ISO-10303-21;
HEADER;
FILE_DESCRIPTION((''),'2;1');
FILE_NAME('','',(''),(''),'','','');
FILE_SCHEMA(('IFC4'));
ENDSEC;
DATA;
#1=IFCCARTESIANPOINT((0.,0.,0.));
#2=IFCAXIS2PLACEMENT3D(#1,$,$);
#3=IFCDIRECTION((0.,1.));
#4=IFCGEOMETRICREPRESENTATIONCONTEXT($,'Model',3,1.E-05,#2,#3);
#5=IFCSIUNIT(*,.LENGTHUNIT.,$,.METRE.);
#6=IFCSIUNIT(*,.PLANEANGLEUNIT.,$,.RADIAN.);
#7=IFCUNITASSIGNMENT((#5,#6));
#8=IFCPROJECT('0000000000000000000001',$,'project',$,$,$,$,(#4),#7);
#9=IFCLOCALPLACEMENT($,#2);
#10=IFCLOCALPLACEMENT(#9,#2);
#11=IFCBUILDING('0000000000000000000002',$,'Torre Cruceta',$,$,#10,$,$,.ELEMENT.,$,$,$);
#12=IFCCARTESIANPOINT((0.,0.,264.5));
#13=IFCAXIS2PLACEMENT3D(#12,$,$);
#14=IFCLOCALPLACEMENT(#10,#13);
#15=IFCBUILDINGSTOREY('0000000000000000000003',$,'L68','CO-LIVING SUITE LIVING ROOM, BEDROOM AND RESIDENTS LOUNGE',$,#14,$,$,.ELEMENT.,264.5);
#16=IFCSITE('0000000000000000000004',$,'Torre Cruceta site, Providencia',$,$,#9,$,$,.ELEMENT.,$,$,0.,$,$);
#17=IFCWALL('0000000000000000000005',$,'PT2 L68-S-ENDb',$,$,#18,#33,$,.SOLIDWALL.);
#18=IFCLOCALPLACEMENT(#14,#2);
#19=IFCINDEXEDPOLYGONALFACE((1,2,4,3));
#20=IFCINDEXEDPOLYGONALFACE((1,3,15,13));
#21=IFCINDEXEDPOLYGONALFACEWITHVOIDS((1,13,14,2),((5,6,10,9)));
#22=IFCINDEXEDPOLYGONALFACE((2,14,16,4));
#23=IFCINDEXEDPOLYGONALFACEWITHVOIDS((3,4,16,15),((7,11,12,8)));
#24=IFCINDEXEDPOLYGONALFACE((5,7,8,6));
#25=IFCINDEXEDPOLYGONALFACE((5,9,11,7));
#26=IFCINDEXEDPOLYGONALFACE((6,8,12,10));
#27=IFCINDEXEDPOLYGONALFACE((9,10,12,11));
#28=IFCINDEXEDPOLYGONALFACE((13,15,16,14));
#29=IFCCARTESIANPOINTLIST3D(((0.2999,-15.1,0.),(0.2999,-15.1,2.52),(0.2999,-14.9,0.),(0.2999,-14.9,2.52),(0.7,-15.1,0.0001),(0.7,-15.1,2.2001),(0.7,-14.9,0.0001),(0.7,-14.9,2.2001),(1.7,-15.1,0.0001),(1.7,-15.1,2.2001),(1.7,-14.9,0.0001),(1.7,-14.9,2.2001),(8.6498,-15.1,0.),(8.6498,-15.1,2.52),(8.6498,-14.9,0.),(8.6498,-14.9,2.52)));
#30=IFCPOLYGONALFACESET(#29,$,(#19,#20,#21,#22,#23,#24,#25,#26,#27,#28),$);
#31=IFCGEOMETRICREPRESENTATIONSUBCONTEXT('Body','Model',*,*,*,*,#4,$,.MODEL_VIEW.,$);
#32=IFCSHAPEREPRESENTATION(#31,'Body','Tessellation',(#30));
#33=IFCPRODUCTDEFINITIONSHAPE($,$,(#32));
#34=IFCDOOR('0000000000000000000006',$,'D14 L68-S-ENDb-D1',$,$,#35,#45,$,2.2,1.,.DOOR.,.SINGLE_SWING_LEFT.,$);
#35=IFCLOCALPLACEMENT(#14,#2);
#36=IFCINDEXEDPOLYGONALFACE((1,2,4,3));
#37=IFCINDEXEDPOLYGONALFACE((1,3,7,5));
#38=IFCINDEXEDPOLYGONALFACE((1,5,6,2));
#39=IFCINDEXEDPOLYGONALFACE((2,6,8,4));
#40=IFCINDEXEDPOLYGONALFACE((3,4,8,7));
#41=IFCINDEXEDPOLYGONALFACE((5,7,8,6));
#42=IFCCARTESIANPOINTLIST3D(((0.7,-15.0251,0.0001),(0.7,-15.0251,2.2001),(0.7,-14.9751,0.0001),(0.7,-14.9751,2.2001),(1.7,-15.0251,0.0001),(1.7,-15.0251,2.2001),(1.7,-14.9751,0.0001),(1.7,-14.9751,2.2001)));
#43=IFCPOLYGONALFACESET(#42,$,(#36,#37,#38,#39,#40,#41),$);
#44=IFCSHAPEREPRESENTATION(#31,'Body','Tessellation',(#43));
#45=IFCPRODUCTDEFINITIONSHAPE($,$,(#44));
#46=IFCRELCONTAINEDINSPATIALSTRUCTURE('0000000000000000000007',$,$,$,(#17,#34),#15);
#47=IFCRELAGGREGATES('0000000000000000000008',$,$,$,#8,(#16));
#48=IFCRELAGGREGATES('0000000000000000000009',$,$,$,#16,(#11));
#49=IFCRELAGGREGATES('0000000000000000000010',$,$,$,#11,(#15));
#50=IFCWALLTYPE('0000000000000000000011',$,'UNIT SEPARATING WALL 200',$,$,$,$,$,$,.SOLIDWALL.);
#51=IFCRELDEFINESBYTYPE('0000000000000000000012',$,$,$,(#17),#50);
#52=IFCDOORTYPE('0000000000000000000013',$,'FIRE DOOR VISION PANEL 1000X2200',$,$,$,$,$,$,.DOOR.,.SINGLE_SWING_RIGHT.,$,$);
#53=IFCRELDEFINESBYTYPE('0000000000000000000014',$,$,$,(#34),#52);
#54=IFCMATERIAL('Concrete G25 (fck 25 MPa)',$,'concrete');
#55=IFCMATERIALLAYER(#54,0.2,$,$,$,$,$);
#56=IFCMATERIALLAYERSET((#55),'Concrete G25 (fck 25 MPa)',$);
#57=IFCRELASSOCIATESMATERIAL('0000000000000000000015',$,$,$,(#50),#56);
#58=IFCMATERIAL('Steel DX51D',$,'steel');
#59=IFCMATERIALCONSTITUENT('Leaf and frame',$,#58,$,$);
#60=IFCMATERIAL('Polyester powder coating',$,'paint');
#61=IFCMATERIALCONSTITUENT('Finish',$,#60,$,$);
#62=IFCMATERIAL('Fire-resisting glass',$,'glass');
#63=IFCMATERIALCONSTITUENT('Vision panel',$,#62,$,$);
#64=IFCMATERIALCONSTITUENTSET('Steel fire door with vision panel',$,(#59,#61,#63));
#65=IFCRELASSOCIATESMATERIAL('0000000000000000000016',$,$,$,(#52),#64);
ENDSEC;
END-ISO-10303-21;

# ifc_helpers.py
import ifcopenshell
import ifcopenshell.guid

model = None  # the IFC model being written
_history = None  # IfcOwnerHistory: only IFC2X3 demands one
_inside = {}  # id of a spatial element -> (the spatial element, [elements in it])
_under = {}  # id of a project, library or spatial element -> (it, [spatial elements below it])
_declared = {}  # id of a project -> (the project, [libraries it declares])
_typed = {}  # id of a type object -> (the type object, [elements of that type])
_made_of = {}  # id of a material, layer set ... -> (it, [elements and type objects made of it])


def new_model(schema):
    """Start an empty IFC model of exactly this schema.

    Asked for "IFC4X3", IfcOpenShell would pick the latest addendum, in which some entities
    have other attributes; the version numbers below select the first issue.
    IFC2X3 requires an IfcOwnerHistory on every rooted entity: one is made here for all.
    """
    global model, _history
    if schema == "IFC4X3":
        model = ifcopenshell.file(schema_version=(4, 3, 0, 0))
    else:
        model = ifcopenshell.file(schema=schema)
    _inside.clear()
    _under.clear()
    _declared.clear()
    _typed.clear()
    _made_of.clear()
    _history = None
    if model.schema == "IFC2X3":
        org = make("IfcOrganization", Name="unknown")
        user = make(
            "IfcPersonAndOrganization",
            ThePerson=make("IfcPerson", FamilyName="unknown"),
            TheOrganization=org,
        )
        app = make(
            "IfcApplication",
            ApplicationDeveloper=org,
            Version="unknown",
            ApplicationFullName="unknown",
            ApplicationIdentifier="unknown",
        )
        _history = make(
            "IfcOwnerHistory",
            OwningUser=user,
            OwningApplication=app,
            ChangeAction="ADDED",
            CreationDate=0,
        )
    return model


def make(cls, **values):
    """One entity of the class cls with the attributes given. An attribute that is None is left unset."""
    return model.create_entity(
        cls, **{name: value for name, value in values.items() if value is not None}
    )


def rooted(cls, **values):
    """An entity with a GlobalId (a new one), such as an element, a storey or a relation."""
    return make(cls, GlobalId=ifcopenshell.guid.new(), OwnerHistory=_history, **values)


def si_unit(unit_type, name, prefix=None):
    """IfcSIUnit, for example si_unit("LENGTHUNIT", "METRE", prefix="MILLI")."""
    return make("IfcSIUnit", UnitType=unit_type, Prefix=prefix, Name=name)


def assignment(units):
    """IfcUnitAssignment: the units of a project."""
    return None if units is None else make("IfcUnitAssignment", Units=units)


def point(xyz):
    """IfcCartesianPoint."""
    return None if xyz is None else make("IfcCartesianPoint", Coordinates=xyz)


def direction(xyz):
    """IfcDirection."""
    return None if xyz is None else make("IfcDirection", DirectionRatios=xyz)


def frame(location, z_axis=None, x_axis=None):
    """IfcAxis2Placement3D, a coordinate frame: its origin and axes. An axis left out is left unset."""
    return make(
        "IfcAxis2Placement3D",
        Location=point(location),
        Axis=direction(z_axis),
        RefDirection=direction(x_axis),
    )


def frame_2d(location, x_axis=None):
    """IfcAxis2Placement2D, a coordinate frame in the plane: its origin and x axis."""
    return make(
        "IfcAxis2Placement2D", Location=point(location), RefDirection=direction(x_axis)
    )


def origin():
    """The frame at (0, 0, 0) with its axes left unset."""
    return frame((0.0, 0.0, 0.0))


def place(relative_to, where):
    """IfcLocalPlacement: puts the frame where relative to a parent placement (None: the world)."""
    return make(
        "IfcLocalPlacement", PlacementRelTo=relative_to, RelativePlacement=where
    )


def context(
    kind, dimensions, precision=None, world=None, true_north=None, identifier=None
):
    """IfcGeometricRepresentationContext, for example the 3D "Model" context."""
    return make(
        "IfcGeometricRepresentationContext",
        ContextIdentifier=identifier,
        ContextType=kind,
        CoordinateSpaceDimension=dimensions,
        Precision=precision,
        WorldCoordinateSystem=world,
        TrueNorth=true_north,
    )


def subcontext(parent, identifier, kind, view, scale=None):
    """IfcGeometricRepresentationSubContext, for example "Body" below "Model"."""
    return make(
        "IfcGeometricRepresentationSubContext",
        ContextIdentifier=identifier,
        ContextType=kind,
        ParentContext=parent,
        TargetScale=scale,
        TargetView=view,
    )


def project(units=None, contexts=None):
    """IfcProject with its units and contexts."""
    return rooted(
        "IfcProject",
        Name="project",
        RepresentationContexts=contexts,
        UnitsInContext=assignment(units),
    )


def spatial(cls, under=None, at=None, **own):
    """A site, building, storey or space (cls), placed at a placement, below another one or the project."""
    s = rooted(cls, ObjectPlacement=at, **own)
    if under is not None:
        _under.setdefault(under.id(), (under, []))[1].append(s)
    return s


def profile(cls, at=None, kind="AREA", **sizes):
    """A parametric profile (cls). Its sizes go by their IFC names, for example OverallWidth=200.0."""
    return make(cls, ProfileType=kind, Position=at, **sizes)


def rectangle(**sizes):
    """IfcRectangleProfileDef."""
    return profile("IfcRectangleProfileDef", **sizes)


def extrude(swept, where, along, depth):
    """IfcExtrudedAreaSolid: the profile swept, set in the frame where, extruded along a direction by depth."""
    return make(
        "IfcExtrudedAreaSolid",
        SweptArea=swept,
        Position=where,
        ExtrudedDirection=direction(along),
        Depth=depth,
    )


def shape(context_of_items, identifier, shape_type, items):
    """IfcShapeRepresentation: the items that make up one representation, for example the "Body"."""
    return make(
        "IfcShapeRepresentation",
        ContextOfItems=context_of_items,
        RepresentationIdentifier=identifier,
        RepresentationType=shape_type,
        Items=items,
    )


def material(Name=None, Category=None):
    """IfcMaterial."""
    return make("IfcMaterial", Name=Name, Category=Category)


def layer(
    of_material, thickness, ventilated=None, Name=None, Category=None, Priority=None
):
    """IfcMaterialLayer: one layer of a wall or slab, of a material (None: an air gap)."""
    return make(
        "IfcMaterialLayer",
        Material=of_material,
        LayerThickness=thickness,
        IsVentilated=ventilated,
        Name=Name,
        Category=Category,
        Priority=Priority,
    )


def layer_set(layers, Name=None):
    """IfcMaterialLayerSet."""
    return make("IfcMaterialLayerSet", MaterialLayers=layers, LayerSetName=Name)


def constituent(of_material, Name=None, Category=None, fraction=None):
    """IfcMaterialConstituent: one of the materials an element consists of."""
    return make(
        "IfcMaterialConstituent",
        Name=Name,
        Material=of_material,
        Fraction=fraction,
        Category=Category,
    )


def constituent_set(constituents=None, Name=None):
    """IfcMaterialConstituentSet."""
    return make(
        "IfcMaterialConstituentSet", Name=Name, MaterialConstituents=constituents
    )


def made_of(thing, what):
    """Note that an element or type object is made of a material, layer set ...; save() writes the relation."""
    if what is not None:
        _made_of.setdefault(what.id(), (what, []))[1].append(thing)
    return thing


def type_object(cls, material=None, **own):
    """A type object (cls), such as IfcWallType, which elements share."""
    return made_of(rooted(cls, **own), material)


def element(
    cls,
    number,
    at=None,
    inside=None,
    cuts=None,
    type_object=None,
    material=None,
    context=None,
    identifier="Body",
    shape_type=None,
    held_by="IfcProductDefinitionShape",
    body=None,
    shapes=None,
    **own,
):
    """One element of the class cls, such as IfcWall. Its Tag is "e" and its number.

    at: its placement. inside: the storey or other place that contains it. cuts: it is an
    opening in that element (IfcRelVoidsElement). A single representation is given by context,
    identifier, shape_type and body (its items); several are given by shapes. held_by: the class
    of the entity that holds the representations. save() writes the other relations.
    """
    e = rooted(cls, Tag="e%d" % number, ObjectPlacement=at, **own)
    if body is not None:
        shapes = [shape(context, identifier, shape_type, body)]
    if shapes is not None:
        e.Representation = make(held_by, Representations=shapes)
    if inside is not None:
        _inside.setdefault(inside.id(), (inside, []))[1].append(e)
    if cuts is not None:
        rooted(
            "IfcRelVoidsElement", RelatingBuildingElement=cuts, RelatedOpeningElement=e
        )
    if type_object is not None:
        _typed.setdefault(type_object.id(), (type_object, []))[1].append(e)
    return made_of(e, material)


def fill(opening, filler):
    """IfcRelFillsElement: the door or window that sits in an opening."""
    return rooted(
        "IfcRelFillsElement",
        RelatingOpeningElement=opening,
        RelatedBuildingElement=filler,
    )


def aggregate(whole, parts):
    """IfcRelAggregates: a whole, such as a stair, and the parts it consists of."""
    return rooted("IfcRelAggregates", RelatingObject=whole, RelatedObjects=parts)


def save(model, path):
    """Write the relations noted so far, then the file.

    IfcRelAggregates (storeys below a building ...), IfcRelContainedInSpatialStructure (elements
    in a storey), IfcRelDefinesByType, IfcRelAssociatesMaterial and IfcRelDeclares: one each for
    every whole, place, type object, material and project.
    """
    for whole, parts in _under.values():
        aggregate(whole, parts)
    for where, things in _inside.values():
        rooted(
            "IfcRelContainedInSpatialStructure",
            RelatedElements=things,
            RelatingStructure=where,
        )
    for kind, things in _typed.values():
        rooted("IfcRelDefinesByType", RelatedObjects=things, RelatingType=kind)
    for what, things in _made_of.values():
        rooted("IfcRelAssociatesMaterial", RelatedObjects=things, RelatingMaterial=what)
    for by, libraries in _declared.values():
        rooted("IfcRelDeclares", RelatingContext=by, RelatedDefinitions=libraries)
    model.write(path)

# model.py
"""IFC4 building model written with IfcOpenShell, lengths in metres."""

from ifc_helpers import new_model, si_unit, direction, frame, frame_2d, origin, place, context, subcontext, project, spatial, rectangle, extrude, material, layer, layer_set, constituent, constituent_set, type_object, element, fill, save


model = new_model("IFC4")

# Units and contexts
model_context = context("Model", 3, precision=1e-05, world=origin(), true_north=direction((0.0, 1.0)))
body_context = subcontext(model_context, "Body", "Model", "MODEL_VIEW")
ifc_project = project(units=[si_unit("LENGTHUNIT", "METRE"), si_unit("PLANEANGLEUNIT", "RADIAN")], contexts=[model_context])

# Site, building, storey
site_placement = place(None, origin())
site = spatial("IfcSite", under=ifc_project, at=site_placement, Name="Torre Cruceta site, Providencia", CompositionType="ELEMENT", RefElevation=0.0)
building_placement = place(site_placement, origin())
building = spatial("IfcBuilding", under=site, at=building_placement, Name="Torre Cruceta", CompositionType="ELEMENT")
storey_placement = place(building_placement, frame((0.0, 0.0, 264.5)))
storey = spatial("IfcBuildingStorey", under=building, at=storey_placement, Name="L68", Description="CO-LIVING SUITE LIVING ROOM, BEDROOM AND RESIDENTS LOUNGE", CompositionType="ELEMENT", Elevation=264.5)

# Wall, opening, door
ifc_material_1 = material(Name="Concrete G25 (fck 25 MPa)", Category="concrete")
ifc_layer_1 = layer(ifc_material_1, 0.2)
ifc_layer_set_1 = layer_set([ifc_layer_1], Name="Concrete G25 (fck 25 MPa)")
wall_type_1 = type_object("IfcWallType", Name="UNIT SEPARATING WALL 200", PredefinedType="SOLIDWALL", material=ifc_layer_set_1)
wall_1_placement = place(storey_placement, frame((0.3, -15.0, 0.0), z_axis=(0.0, 0.0, 1.0), x_axis=(1.0, 0.0, 0.0)))
wall_1 = element("IfcWall", 1, at=wall_1_placement, inside=storey, type_object=wall_type_1, Name="PT2 L68-S-ENDb", PredefinedType="SOLIDWALL", context=body_context, shape_type="SweptSolid", body=[
    extrude(rectangle(XDim=8.3499, YDim=0.2, at=frame_2d((4.1748, 0.0))), origin(), (0.0, 0.0, 1.0), 2.52),
])
opening_1_placement = place(wall_1_placement, frame((0.3999, 0.0, 0.0)))
opening_1 = element("IfcOpeningElement", 2, at=opening_1_placement, cuts=wall_1, PredefinedType="OPENING", context=body_context, shape_type="SweptSolid", body=[
    extrude(rectangle(XDim=1.0, YDim=2.2, at=frame_2d((0.5, 1.1001))), frame((0.0, 0.1099, 0.0), z_axis=(0.0, -1.0, 0.0), x_axis=(1.0, 0.0, 0.0)), (0.0, 0.0, 1.0), 0.22),
])
ifc_material_2 = material(Name="Steel DX51D", Category="steel")
ifc_constituent_1 = constituent(ifc_material_2, Name="Leaf and frame")
ifc_material_3 = material(Name="Polyester powder coating", Category="paint")
ifc_constituent_2 = constituent(ifc_material_3, Name="Finish")
ifc_material_4 = material(Name="Fire-resisting glass", Category="glass")
ifc_constituent_3 = constituent(ifc_material_4, Name="Vision panel")
ifc_constituent_set_1 = constituent_set(constituents=[ifc_constituent_1, ifc_constituent_2, ifc_constituent_3], Name="Steel fire door with vision panel")
door_type_1 = type_object("IfcDoorType", Name="FIRE DOOR VISION PANEL 1000X2200", OperationType="SINGLE_SWING_RIGHT", PredefinedType="DOOR", material=ifc_constituent_set_1)
door_1_placement = place(opening_1_placement, frame((1.0, 0.0, 0.0), z_axis=(0.0, 0.0, 1.0), x_axis=(-1.0, 0.0, 0.0)))
door_1 = element("IfcDoor", 3, at=door_1_placement, inside=storey, type_object=door_type_1, Name="D14 L68-S-ENDb-D1", OperationType="SINGLE_SWING_LEFT", OverallHeight=2.2, OverallWidth=1.0, PredefinedType="DOOR", context=body_context, shape_type="SweptSolid", body=[
    extrude(rectangle(XDim=1.0, YDim=2.2, at=frame_2d((0.5, 1.1001))), frame((0.0, 0.0251, 0.0), z_axis=(0.0, -1.0, 0.0), x_axis=(1.0, 0.0, 0.0)), (0.0, 0.0, 1.0), 0.05),
])
fill(opening_1, door_1)

save(model, "model.ifc")
